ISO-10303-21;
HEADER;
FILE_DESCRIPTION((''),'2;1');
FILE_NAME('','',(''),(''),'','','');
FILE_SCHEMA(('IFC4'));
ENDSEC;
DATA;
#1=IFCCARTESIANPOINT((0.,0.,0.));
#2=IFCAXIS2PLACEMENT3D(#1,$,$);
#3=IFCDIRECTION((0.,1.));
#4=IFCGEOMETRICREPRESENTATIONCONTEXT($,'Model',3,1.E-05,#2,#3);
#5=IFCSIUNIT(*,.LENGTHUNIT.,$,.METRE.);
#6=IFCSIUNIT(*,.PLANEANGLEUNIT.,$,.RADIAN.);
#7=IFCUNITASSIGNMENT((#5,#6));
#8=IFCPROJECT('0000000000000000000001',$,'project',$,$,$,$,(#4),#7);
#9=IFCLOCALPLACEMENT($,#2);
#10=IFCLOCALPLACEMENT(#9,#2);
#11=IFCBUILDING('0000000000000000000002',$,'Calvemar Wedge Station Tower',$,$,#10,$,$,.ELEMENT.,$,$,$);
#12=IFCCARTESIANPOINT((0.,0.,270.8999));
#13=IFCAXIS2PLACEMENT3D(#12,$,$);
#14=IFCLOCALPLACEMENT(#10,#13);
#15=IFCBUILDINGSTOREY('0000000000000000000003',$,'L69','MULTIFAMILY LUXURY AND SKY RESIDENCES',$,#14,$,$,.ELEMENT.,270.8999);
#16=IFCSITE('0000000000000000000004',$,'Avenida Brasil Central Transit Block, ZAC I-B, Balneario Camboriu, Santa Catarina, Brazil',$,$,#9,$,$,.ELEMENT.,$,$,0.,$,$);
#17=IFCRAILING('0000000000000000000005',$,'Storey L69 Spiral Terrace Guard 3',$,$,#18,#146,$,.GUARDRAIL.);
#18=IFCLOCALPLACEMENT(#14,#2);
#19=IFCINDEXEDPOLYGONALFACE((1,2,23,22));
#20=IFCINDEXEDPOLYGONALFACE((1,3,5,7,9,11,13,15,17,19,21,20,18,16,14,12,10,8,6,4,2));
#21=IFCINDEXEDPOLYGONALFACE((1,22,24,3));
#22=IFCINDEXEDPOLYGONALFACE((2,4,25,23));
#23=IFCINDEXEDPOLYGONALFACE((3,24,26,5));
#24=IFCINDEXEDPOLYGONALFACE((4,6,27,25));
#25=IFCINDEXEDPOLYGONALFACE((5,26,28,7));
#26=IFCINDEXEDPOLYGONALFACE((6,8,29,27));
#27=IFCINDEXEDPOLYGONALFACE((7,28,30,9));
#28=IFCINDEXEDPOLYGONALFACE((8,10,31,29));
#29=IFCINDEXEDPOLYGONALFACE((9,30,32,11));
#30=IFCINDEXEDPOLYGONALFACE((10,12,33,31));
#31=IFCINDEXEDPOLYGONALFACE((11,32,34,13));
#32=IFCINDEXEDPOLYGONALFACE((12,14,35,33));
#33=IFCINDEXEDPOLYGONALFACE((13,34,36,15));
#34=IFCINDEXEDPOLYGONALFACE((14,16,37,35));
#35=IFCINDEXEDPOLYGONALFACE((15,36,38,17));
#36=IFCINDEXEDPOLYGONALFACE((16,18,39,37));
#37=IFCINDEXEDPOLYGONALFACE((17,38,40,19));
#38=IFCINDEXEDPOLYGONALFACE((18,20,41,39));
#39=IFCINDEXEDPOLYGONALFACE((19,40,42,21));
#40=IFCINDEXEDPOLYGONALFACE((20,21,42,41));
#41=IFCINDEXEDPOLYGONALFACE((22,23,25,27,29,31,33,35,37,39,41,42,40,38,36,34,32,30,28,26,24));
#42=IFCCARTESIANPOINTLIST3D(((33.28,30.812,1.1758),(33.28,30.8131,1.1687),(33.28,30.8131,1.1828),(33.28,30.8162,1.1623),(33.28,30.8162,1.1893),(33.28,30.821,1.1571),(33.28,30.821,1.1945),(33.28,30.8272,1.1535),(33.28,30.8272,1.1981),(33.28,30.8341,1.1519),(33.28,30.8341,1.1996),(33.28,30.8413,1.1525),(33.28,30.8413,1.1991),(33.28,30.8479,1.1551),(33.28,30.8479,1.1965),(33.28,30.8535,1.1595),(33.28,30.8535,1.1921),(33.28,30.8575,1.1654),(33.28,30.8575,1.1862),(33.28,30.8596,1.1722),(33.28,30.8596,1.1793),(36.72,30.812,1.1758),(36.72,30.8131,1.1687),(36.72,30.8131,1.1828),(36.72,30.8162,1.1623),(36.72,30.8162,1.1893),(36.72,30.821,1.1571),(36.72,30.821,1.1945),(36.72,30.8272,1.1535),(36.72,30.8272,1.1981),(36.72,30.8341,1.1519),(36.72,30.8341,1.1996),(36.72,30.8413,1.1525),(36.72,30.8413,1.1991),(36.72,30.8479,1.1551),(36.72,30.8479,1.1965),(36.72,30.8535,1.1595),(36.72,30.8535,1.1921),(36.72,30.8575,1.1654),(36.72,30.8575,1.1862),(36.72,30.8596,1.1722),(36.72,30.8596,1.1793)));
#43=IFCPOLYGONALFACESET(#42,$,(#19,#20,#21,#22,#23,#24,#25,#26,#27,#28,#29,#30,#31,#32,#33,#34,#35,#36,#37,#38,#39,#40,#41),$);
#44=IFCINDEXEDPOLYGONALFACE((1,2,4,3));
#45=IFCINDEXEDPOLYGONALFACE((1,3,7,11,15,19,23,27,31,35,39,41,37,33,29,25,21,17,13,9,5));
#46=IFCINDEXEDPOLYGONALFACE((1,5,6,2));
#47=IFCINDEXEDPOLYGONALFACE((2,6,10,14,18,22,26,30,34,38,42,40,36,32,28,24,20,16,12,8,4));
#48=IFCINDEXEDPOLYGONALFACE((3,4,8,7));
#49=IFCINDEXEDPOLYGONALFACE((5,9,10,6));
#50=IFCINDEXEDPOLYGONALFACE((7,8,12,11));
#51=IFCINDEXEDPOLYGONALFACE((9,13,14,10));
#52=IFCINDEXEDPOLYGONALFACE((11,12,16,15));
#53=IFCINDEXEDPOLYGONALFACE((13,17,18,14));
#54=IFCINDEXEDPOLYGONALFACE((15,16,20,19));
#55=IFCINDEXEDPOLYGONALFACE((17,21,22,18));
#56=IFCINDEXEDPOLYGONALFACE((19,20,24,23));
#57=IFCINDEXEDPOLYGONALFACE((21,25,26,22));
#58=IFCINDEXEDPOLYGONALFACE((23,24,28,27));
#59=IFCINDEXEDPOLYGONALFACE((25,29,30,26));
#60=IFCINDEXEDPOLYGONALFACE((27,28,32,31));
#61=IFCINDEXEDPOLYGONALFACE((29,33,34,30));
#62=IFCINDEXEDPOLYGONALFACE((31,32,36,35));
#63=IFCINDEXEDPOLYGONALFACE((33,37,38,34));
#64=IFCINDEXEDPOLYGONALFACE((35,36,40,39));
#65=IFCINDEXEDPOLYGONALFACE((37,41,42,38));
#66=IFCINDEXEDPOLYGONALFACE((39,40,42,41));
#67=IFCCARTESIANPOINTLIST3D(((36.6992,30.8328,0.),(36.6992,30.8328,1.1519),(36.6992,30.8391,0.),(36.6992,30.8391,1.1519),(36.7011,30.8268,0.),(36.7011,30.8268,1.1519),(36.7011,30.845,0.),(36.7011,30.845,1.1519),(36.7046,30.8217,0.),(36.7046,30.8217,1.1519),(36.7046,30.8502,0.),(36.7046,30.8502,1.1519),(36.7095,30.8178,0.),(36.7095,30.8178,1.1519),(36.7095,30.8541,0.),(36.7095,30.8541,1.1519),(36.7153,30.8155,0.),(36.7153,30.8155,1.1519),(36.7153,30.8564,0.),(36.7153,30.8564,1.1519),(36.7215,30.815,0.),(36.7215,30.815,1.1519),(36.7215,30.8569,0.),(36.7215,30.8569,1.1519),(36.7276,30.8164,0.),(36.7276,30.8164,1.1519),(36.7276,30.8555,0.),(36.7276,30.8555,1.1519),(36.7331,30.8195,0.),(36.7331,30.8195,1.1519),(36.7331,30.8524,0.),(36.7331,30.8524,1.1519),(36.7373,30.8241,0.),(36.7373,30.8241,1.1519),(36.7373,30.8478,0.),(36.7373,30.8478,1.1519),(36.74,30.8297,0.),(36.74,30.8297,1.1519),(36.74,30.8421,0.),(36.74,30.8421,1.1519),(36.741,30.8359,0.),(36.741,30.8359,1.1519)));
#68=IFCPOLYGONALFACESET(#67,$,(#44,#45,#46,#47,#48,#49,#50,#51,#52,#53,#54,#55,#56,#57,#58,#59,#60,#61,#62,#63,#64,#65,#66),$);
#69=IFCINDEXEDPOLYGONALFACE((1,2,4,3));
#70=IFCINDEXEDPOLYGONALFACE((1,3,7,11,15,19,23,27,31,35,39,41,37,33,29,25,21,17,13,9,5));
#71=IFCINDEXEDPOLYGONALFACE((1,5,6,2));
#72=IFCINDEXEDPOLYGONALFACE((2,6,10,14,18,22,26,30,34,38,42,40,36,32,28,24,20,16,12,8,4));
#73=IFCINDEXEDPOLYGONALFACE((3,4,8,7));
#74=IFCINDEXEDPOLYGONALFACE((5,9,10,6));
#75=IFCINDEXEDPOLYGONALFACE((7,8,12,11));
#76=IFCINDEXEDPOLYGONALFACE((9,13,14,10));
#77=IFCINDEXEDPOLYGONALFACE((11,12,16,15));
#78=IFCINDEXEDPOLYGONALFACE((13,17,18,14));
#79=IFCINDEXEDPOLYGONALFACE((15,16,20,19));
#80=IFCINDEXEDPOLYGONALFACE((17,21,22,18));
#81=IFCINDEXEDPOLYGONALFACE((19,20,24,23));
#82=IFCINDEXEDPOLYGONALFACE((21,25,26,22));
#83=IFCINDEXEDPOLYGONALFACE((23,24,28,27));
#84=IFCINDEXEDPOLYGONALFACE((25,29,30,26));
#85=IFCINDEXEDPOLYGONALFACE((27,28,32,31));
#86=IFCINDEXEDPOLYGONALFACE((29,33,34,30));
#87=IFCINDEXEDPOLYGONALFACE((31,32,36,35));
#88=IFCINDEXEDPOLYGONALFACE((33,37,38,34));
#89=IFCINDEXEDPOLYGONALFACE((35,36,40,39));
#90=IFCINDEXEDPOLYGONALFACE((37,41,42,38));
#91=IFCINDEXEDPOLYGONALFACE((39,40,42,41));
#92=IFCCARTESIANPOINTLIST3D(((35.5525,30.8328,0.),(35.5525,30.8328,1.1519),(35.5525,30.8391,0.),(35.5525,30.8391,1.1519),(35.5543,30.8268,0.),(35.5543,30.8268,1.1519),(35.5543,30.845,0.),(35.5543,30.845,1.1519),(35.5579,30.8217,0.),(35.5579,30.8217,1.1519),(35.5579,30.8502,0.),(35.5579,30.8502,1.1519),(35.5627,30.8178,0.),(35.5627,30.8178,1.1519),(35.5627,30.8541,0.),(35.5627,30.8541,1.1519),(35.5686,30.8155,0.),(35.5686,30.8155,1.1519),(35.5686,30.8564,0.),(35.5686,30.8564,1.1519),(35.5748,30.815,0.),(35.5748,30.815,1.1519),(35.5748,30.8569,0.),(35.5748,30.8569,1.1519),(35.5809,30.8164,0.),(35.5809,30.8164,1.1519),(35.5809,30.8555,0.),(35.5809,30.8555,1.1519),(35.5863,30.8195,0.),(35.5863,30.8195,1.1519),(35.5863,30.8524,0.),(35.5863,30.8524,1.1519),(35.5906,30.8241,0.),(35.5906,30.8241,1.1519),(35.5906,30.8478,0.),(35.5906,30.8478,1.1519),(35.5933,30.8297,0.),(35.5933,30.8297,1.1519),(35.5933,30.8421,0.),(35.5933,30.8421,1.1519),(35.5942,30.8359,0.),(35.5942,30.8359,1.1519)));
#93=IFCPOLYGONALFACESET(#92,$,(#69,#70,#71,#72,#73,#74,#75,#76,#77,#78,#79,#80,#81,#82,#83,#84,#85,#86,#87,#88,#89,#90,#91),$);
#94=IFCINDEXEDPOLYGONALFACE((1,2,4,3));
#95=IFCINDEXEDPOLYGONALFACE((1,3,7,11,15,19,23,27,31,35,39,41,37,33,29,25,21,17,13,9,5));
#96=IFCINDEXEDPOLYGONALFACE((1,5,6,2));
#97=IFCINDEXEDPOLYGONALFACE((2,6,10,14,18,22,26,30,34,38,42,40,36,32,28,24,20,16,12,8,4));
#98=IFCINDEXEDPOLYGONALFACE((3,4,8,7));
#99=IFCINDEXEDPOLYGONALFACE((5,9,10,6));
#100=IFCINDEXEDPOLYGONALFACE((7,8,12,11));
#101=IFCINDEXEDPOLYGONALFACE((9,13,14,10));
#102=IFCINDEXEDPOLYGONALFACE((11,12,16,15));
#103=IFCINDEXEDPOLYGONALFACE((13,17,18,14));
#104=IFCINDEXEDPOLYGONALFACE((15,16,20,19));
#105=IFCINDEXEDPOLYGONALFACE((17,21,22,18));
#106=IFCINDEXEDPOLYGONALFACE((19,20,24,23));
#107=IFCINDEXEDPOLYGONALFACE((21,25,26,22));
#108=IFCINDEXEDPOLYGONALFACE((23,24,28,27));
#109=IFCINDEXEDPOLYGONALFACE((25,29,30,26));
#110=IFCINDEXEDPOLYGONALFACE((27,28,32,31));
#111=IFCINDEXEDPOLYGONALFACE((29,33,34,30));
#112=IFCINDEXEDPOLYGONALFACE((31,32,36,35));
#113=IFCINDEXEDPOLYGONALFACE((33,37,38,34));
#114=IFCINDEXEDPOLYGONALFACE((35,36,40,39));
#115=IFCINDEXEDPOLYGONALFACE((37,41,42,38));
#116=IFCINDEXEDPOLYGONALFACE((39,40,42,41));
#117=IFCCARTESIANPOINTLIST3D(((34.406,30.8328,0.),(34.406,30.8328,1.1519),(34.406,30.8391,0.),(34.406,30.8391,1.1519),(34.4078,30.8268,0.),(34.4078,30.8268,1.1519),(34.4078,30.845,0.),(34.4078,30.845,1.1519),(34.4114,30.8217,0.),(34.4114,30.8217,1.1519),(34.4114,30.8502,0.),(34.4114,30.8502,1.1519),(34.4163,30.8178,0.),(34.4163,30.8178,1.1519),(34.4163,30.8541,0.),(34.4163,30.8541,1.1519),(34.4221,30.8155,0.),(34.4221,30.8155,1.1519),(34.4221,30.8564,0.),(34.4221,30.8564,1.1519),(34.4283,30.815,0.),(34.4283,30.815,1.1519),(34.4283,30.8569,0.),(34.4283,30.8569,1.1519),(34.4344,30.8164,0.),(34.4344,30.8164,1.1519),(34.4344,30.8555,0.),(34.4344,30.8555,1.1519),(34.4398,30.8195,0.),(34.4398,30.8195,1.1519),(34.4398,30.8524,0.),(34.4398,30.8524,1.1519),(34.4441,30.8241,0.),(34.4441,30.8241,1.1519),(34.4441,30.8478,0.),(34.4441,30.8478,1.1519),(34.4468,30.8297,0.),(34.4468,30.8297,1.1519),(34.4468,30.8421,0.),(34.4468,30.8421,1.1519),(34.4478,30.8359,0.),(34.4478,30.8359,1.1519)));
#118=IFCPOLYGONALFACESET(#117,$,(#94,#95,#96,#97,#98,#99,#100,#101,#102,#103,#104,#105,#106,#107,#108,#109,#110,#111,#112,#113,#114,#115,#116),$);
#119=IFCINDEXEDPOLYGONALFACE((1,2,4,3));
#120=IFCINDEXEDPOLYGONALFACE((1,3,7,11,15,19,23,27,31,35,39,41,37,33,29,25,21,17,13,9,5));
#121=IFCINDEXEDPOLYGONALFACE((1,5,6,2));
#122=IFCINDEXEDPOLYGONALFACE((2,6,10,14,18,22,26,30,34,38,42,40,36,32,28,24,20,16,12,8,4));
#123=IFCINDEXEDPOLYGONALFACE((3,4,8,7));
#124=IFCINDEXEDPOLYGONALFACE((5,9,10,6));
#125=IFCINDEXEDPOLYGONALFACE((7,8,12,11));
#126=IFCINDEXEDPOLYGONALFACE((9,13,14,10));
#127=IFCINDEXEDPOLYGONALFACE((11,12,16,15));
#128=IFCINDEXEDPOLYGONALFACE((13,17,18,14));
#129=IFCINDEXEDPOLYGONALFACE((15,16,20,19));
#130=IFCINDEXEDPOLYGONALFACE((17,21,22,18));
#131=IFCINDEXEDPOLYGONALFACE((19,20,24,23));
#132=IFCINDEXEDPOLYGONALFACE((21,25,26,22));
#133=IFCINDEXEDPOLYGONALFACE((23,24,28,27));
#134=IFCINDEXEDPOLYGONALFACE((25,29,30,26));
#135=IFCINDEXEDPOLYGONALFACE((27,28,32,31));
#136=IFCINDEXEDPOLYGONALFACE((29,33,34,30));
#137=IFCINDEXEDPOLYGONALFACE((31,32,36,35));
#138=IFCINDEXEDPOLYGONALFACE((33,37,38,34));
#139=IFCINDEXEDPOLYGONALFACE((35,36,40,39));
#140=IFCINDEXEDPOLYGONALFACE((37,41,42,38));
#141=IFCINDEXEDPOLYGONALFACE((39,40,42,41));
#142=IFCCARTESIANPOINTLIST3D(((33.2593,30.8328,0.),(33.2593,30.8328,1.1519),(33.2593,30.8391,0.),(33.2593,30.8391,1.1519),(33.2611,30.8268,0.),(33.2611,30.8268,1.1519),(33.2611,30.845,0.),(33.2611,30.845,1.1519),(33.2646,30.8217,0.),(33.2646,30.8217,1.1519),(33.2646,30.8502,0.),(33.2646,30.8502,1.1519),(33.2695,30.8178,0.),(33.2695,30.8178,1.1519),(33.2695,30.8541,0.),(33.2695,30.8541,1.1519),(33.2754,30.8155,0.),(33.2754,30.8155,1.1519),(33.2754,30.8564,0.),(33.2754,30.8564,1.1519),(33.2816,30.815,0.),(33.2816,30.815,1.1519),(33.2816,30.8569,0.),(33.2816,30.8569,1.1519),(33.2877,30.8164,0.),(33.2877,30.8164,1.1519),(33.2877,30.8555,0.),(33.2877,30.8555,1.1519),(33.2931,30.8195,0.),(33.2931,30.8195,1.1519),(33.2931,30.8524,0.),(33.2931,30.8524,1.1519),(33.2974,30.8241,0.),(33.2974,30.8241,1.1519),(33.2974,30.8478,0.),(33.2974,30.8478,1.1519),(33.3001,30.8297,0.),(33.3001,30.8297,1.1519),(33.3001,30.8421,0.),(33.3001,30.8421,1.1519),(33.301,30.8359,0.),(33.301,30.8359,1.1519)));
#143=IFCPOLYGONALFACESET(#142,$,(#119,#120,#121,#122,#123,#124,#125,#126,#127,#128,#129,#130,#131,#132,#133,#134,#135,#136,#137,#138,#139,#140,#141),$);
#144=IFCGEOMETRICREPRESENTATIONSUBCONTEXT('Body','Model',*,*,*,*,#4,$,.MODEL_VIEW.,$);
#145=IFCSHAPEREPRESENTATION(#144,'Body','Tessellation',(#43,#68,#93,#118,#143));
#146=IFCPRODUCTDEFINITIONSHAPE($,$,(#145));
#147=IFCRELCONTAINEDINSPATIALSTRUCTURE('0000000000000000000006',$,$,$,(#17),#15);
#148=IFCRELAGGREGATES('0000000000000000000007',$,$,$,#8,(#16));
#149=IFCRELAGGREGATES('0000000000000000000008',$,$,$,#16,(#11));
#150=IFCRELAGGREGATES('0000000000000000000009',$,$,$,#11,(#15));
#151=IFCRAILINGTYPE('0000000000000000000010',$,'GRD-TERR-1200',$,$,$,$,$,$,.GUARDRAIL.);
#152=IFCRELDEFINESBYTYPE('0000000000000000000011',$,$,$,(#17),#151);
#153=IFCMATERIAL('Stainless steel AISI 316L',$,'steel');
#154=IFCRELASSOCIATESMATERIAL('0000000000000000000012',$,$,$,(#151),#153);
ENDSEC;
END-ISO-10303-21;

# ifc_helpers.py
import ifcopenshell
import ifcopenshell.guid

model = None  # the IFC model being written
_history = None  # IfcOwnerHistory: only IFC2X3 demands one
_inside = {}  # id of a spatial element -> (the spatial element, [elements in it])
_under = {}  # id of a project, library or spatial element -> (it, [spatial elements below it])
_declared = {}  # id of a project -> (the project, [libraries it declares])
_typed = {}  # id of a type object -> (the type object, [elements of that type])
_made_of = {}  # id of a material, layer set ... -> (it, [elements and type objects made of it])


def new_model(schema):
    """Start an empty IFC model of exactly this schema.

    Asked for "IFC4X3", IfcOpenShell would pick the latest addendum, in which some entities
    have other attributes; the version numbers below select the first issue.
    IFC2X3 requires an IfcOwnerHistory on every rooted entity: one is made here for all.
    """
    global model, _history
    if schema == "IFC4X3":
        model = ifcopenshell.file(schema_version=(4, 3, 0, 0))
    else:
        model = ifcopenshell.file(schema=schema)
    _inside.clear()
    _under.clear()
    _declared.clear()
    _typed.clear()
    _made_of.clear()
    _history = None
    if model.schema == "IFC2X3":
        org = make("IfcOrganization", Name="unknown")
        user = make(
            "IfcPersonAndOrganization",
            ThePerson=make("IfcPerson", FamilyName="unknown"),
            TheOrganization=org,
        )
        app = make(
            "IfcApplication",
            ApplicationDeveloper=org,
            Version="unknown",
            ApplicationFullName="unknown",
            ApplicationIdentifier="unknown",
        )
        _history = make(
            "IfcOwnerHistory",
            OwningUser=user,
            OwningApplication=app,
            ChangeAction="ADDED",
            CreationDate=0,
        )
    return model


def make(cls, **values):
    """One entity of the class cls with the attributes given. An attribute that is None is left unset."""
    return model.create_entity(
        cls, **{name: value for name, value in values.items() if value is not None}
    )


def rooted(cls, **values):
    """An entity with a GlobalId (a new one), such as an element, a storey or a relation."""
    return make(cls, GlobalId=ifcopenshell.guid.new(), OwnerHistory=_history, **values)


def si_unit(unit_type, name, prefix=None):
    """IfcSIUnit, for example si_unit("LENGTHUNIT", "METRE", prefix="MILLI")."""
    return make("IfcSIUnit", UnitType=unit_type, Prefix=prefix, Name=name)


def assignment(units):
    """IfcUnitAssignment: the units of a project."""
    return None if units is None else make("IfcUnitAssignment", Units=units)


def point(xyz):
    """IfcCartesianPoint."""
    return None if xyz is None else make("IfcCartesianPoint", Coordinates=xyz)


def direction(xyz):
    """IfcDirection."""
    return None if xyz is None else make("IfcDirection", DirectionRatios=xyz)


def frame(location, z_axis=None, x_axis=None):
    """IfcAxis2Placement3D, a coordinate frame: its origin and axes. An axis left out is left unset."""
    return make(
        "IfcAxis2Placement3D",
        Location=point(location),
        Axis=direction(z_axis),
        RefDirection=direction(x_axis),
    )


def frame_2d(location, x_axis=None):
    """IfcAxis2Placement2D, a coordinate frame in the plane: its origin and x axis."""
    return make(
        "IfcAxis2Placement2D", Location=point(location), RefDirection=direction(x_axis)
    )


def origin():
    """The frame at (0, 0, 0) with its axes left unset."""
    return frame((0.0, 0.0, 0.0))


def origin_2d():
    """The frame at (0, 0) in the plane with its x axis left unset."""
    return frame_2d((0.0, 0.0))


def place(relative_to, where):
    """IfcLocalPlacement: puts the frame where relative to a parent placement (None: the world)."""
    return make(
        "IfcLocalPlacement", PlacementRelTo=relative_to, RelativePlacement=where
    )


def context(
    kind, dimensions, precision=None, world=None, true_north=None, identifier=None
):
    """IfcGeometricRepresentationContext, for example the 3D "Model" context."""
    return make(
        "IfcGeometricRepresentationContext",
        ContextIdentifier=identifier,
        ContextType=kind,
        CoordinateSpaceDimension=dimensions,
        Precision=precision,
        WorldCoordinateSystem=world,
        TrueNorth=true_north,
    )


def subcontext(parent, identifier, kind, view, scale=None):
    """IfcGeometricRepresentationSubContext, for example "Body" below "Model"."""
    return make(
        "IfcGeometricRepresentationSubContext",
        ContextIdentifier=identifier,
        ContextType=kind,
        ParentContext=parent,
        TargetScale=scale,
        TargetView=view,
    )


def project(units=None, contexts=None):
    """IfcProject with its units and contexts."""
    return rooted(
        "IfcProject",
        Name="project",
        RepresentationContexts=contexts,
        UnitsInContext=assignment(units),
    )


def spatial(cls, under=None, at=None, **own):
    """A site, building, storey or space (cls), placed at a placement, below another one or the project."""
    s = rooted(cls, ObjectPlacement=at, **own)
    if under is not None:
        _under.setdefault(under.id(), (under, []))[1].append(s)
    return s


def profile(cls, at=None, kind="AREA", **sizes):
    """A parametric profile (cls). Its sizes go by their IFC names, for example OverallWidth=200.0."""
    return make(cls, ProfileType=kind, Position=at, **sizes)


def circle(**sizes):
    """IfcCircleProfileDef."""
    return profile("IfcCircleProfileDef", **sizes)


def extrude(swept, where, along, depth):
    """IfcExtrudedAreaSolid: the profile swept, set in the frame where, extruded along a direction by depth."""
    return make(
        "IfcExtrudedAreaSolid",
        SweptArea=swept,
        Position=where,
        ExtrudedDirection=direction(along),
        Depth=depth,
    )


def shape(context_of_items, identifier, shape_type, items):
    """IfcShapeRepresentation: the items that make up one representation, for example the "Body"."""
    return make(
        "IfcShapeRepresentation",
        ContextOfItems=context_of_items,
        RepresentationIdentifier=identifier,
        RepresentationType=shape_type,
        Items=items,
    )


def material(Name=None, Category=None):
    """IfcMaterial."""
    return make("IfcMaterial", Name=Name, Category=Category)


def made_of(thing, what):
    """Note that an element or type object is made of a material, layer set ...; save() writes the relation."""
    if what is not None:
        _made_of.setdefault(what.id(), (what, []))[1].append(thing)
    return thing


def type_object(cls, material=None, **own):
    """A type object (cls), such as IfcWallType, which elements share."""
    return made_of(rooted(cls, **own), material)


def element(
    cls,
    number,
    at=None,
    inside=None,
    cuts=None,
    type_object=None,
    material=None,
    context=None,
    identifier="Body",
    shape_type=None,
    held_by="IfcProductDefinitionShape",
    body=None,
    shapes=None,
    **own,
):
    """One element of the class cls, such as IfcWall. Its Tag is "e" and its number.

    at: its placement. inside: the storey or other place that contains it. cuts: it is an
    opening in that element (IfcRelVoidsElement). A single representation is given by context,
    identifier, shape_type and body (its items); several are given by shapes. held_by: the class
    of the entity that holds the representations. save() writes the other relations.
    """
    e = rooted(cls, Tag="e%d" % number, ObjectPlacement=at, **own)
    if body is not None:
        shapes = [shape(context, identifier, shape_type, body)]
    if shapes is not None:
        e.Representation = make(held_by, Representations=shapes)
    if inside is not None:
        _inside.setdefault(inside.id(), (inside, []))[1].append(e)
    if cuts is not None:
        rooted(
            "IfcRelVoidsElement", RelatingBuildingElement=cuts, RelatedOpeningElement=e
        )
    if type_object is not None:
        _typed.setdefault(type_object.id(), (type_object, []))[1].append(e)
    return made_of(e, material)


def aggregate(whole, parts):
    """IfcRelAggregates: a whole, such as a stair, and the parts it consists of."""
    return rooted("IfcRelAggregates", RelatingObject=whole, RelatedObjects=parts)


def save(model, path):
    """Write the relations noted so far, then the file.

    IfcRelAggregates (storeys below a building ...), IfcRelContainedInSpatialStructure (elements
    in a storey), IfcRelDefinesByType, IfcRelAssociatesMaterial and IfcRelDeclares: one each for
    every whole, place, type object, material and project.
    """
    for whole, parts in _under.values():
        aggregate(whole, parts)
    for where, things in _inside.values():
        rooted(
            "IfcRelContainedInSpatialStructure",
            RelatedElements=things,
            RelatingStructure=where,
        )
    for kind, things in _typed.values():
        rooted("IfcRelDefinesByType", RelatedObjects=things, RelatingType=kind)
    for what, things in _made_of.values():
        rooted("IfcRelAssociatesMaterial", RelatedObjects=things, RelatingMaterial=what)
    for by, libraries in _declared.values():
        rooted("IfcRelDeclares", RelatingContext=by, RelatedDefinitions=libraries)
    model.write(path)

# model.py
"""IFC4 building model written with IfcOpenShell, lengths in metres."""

from ifc_helpers import new_model, si_unit, direction, frame, origin, origin_2d, place, context, subcontext, project, spatial, circle, extrude, material, type_object, element, save


model = new_model("IFC4")

# Units and contexts
model_context = context("Model", 3, precision=1e-05, world=origin(), true_north=direction((0.0, 1.0)))
body_context = subcontext(model_context, "Body", "Model", "MODEL_VIEW")
ifc_project = project(units=[si_unit("LENGTHUNIT", "METRE"), si_unit("PLANEANGLEUNIT", "RADIAN")], contexts=[model_context])

# Site, building, storey
site_placement = place(None, origin())
site = spatial("IfcSite", under=ifc_project, at=site_placement, Name="Avenida Brasil Central Transit Block, ZAC I-B, Balneario Camboriu, Santa Catarina, Brazil", CompositionType="ELEMENT", RefElevation=0.0)
building_placement = place(site_placement, origin())
building = spatial("IfcBuilding", under=site, at=building_placement, Name="Calvemar Wedge Station Tower", CompositionType="ELEMENT")
storey_placement = place(building_placement, frame((0.0, 0.0, 270.8999)))
storey = spatial("IfcBuildingStorey", under=building, at=storey_placement, Name="L69", Description="MULTIFAMILY LUXURY AND SKY RESIDENCES", CompositionType="ELEMENT", Elevation=270.8999)

# Railing
ifc_material_1 = material(Name="Stainless steel AISI 316L", Category="steel")
railing_type = type_object("IfcRailingType", Name="GRD-TERR-1200", PredefinedType="GUARDRAIL", material=ifc_material_1)
railing_1_placement = place(storey_placement, frame((36.72, 30.8359, 0.0)))
element("IfcRailing", 1, at=railing_1_placement, inside=storey, type_object=railing_type, Name="Storey L69 Spiral Terrace Guard 3", PredefinedType="GUARDRAIL", context=body_context, shape_type="SweptSolid", body=[
    extrude(circle(Radius=0.0239, at=origin_2d()), frame((0.0, 0.0, 1.1758), z_axis=(-1.0, 0.0, 0.0), x_axis=(0.0, -1.0, 0.0)), (0.0, 0.0, 1.0), 3.4399),
    extrude(circle(Radius=0.021, at=origin_2d()), origin(), (0.0, 0.0, 1.0), 1.1519),
    extrude(circle(Radius=0.021, at=origin_2d()), frame((-1.1467, 0.0, 0.0)), (0.0, 0.0, 1.0), 1.1519),
    extrude(circle(Radius=0.021, at=origin_2d()), frame((-2.2932, 0.0, 0.0)), (0.0, 0.0, 1.0), 1.1519),
    extrude(circle(Radius=0.021, at=origin_2d()), frame((-3.4399, 0.0, 0.0)), (0.0, 0.0, 1.0), 1.1519),
])

save(model, "model.ifc")
